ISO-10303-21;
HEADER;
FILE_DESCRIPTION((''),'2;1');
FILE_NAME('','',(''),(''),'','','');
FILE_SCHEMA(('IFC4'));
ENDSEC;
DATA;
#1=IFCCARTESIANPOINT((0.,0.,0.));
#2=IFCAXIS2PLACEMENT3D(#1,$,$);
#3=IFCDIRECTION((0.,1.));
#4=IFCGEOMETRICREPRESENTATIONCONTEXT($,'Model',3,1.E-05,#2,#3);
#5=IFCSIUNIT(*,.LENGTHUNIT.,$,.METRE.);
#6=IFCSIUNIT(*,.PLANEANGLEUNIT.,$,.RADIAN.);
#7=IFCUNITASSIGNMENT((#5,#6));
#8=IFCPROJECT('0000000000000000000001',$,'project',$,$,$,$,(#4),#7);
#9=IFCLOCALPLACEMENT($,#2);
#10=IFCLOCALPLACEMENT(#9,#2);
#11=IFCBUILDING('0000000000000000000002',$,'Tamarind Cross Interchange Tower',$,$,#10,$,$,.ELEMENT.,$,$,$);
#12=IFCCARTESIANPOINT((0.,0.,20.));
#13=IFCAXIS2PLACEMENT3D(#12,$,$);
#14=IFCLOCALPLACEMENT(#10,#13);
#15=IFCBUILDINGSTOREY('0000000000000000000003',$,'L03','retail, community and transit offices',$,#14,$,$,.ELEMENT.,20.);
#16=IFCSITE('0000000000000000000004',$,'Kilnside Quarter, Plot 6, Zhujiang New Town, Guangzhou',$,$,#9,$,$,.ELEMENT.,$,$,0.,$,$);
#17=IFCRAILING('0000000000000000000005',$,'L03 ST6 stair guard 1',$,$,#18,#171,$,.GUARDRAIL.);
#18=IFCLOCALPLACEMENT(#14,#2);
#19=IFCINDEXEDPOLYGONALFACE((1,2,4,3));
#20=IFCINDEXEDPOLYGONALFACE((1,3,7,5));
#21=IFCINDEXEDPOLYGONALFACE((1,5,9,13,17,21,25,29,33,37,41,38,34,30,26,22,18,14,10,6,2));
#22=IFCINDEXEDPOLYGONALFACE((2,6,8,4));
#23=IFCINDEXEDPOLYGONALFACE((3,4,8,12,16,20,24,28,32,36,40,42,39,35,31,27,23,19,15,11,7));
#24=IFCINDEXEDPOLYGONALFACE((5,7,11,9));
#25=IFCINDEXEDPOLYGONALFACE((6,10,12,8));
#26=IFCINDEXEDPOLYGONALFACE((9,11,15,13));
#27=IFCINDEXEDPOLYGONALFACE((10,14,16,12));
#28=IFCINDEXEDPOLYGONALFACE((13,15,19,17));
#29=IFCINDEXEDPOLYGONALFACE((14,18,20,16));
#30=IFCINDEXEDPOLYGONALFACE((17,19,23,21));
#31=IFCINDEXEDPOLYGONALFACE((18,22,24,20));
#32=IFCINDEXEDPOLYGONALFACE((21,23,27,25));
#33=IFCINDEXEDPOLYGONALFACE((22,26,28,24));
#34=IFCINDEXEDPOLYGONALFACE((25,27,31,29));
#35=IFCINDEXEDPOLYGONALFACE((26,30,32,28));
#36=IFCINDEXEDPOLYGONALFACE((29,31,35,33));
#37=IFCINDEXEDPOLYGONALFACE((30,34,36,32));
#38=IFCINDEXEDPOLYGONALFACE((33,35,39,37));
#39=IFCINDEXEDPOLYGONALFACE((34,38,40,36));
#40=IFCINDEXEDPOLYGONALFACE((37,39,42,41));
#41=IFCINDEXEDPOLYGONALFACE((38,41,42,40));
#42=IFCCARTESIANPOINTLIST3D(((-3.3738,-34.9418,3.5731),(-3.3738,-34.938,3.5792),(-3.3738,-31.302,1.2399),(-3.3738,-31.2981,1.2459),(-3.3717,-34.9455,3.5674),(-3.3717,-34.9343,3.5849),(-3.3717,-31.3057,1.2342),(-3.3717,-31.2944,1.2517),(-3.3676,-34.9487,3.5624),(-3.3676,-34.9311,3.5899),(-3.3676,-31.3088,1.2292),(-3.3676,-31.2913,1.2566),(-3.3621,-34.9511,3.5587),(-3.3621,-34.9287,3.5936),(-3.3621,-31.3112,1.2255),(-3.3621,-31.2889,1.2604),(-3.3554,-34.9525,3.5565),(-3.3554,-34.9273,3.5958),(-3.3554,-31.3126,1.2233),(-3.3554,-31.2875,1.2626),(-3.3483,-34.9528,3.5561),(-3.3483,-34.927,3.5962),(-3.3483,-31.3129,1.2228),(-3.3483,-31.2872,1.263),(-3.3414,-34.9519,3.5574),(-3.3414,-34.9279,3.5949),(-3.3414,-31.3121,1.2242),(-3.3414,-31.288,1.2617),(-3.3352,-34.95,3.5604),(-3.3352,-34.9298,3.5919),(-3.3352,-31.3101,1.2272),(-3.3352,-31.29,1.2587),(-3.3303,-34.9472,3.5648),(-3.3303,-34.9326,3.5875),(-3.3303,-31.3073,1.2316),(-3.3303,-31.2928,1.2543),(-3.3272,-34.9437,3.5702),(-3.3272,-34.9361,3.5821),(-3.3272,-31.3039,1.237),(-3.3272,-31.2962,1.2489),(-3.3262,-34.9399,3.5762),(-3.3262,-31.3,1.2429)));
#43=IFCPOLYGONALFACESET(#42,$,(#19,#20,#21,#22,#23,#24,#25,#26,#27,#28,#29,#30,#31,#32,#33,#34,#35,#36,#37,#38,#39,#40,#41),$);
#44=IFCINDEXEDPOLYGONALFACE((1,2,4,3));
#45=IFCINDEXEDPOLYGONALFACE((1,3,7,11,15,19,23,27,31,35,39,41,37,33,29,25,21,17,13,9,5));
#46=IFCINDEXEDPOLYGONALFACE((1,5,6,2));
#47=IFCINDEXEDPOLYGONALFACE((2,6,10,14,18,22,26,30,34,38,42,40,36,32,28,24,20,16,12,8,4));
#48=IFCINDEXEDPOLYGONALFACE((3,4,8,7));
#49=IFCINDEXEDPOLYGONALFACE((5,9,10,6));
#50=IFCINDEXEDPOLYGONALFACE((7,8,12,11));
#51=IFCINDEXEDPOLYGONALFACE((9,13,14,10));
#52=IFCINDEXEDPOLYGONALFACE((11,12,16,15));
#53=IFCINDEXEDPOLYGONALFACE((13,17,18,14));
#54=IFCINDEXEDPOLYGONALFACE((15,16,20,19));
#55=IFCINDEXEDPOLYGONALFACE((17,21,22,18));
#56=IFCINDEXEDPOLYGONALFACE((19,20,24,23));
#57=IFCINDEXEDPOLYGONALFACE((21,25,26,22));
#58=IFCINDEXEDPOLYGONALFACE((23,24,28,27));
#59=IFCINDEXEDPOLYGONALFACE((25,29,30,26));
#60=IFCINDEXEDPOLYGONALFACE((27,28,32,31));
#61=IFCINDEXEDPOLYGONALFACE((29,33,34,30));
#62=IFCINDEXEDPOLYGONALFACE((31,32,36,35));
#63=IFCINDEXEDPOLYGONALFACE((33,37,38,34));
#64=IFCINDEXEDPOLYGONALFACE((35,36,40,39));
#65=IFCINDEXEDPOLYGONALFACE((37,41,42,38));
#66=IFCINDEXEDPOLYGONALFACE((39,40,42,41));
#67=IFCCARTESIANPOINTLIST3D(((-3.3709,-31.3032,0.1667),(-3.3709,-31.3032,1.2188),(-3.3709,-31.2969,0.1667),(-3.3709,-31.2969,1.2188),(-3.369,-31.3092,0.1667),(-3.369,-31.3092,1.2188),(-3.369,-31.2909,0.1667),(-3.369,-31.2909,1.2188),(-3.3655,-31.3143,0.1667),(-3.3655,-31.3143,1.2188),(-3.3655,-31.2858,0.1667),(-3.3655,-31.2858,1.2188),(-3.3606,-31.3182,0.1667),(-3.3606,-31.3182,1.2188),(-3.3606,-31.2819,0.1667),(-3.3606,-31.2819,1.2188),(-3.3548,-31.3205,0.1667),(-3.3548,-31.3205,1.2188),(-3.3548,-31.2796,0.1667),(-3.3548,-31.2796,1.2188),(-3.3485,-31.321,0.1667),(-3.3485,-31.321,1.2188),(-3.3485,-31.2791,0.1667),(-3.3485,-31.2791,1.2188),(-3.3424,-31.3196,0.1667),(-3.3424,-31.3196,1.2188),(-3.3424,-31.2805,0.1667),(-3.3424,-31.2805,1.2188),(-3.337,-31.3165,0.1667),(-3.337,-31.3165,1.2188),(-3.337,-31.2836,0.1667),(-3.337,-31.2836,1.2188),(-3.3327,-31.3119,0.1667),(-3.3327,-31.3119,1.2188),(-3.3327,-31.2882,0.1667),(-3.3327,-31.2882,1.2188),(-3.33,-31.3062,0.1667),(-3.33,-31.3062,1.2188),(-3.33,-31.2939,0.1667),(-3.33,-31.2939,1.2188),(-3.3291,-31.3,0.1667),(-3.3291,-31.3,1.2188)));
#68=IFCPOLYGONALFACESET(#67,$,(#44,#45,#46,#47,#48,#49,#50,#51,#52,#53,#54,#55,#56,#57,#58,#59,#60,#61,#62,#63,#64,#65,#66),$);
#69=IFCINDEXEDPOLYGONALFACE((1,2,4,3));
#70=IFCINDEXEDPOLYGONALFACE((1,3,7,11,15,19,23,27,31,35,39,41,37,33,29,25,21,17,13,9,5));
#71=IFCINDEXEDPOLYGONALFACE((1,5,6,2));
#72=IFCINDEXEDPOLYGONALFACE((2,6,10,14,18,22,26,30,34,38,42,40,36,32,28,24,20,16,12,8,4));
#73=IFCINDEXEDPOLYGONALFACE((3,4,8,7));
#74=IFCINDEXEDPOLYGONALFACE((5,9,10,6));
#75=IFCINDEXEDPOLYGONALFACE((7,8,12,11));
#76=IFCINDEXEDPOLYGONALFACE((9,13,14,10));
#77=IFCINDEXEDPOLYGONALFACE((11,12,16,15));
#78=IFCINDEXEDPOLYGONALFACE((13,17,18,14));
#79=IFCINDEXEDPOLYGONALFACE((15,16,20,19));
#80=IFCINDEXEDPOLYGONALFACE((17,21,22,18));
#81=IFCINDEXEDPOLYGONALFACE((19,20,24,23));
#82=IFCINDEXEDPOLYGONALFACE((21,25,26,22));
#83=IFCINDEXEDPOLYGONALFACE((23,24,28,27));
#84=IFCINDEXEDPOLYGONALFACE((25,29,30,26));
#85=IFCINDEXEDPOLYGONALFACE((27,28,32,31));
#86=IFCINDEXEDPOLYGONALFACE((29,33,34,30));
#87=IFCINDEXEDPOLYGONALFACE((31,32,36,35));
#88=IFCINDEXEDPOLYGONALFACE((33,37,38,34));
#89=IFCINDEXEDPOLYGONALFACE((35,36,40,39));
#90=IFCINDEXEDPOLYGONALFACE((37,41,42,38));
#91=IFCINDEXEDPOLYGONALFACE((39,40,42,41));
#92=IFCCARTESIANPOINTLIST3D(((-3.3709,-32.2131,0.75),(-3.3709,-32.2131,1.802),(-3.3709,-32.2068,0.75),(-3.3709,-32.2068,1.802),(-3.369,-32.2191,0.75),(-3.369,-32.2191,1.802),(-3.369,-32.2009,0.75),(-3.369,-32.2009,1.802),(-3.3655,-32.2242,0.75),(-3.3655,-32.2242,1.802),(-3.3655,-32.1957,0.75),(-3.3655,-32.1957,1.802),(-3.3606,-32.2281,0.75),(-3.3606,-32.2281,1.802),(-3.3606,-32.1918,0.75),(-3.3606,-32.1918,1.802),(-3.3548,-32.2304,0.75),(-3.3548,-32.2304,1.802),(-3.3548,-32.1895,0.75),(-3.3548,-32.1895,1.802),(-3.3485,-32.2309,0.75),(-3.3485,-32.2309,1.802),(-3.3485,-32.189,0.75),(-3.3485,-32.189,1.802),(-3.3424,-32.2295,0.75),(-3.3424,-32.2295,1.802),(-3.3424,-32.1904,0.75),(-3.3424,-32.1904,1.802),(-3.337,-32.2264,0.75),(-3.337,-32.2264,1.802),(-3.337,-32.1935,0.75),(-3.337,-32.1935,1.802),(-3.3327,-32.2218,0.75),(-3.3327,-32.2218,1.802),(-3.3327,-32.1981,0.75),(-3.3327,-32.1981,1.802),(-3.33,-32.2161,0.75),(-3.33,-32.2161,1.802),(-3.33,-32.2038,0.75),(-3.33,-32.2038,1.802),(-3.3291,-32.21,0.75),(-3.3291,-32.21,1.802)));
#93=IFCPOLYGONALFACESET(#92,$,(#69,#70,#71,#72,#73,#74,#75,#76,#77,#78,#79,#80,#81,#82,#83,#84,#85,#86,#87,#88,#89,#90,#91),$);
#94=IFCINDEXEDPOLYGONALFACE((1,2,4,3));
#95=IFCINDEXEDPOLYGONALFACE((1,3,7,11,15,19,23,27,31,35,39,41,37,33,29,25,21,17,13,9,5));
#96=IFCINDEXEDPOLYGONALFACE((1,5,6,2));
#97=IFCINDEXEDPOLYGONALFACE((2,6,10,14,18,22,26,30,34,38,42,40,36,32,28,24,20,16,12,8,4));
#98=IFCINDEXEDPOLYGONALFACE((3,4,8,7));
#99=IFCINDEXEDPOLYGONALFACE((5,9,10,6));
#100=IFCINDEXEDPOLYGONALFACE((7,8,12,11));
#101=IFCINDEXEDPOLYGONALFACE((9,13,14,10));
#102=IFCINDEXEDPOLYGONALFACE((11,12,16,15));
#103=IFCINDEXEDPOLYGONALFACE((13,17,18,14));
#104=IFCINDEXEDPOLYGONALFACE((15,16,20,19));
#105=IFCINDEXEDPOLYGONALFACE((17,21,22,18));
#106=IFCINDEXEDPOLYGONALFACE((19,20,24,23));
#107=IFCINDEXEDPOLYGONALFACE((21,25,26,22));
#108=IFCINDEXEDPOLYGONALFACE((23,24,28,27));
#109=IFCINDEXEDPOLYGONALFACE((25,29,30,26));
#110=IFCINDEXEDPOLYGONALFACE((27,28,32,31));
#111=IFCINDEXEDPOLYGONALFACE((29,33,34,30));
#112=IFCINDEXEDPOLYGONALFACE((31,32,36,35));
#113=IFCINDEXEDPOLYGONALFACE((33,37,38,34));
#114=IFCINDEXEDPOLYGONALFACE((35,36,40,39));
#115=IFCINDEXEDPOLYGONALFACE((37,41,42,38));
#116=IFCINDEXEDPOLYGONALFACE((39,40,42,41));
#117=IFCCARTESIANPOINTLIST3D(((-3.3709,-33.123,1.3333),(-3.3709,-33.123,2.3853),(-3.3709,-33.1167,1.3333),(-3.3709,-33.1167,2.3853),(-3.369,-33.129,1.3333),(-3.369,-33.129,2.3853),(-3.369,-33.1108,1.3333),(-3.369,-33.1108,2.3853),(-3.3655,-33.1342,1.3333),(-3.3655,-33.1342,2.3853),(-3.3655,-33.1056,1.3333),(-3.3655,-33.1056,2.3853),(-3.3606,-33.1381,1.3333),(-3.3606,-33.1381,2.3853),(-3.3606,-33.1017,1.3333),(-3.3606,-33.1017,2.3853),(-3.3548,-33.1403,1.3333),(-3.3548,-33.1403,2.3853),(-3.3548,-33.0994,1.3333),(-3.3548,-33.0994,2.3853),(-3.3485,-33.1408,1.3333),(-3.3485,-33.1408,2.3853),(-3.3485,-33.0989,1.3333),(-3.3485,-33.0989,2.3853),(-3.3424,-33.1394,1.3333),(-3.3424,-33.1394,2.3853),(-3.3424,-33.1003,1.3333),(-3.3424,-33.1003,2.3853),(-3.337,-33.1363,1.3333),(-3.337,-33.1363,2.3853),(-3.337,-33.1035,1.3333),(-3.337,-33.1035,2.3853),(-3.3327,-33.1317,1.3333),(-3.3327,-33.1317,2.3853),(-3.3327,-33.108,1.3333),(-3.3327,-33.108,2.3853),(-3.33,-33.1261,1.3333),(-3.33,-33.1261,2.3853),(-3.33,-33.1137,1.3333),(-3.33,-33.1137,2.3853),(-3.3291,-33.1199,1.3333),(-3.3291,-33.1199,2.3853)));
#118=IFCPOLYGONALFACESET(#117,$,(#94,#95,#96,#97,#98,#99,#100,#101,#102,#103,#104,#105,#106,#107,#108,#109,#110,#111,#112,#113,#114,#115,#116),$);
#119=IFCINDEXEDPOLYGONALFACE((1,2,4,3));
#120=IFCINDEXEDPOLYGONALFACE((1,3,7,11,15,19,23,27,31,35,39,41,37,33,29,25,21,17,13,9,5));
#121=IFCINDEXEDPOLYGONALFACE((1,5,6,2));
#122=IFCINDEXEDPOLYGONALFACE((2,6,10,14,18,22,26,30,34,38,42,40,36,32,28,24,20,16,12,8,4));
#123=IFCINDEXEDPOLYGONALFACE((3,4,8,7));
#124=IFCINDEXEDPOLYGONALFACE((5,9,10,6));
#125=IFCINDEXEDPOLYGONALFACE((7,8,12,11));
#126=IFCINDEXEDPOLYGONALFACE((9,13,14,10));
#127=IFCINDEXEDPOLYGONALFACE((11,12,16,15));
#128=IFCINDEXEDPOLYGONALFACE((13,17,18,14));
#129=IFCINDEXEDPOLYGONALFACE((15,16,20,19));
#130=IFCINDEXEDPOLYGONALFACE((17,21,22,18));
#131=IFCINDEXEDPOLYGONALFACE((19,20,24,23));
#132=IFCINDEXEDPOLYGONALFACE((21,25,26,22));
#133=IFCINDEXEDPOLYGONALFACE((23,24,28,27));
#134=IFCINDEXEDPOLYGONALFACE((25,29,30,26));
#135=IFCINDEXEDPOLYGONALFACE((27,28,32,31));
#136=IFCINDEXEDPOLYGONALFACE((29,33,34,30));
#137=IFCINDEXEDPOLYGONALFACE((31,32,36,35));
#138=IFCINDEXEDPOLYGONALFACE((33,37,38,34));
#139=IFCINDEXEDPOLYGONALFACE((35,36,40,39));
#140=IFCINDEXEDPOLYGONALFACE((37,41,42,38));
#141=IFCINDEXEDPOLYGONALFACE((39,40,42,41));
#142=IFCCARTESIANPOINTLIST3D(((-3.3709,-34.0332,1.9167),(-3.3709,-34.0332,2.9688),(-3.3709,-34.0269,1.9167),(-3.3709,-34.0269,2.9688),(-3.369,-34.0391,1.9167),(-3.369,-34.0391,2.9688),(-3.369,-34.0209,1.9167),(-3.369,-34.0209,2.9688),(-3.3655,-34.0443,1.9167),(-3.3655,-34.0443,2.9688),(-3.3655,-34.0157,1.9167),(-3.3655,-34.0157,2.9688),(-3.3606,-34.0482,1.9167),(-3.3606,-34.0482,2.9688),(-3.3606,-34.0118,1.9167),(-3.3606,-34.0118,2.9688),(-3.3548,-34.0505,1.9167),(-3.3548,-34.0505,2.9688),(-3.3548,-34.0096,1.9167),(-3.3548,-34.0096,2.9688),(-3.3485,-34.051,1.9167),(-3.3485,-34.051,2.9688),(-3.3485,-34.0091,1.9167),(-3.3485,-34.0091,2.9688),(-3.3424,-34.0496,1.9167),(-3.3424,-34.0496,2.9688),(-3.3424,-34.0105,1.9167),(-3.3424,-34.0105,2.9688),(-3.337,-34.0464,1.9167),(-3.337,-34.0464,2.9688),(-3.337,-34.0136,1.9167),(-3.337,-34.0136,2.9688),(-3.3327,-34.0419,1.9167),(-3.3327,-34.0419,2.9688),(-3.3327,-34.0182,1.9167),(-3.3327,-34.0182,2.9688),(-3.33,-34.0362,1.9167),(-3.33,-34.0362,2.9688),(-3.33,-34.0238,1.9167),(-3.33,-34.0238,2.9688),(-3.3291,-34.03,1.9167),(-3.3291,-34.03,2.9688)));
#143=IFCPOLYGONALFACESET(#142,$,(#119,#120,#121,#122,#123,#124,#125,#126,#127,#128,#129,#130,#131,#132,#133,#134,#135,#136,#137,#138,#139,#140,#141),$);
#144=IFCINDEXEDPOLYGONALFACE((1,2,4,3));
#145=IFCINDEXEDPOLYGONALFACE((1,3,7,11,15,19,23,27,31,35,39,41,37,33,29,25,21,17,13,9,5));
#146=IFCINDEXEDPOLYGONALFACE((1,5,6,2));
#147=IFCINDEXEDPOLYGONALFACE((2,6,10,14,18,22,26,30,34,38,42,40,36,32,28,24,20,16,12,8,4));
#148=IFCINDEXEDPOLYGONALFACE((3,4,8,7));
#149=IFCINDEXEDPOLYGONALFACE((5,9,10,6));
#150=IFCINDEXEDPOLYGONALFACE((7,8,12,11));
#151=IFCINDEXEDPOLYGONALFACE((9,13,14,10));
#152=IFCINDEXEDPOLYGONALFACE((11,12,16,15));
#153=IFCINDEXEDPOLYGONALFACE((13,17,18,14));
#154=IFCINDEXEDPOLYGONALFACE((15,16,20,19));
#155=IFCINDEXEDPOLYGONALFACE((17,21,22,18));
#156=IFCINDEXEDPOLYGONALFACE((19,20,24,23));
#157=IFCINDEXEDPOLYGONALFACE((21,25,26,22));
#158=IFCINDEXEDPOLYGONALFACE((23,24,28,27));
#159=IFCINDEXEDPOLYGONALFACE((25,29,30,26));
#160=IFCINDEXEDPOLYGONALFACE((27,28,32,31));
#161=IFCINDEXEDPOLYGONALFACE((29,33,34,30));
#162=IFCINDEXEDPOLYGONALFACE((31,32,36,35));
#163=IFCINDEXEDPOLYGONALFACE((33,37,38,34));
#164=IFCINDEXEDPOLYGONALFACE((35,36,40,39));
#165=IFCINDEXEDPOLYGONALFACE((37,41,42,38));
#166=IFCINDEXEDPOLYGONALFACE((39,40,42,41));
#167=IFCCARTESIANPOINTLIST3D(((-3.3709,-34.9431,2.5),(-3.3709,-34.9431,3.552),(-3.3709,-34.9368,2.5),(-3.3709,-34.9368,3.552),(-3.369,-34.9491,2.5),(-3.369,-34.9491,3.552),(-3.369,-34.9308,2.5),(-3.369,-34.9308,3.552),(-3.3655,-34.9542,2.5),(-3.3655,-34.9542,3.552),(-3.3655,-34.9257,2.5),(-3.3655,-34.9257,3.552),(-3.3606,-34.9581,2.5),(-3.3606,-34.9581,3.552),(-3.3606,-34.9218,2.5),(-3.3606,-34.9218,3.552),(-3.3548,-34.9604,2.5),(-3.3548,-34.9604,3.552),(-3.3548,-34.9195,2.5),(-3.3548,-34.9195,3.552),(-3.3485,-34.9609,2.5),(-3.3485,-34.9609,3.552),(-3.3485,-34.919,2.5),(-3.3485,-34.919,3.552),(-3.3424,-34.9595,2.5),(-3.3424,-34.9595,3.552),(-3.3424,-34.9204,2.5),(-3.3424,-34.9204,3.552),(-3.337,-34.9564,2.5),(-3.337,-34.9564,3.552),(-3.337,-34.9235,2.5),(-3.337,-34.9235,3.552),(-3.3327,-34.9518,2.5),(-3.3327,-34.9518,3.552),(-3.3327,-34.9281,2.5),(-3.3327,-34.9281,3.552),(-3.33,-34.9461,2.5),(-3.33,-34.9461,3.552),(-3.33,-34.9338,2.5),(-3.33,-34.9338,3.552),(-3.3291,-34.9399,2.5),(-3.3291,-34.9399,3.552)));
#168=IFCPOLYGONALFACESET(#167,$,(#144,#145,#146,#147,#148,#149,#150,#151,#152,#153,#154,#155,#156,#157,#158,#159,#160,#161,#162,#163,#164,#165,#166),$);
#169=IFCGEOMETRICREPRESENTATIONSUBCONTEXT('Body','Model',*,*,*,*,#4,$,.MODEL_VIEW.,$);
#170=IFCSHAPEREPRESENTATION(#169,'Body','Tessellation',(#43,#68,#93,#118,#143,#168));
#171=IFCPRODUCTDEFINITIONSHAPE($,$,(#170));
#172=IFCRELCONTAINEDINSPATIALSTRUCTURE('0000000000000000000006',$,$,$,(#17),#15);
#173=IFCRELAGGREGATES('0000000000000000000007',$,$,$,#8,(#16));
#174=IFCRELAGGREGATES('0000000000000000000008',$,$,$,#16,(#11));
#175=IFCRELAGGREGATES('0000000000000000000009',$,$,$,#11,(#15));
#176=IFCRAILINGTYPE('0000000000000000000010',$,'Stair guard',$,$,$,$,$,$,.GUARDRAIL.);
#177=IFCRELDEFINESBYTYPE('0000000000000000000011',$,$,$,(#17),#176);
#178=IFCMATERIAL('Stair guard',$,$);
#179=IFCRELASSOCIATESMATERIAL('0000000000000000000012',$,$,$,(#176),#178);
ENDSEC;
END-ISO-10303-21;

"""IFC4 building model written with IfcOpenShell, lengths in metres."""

from ifc_helpers import new_model, si_unit, direction, frame, origin, origin_2d, place, context, subcontext, project, spatial, circle, extrude, material, type_object, element, save


model = new_model("IFC4")

# Units and contexts
model_context = context("Model", 3, precision=1e-05, world=origin(), true_north=direction((0.0, 1.0)))
body_context = subcontext(model_context, "Body", "Model", "MODEL_VIEW")
ifc_project = project(units=[si_unit("LENGTHUNIT", "METRE"), si_unit("PLANEANGLEUNIT", "RADIAN")], contexts=[model_context])

# Site, building, storey
site_placement = place(None, origin())
site = spatial("IfcSite", under=ifc_project, at=site_placement, Name="Kilnside Quarter, Plot 6, Zhujiang New Town, Guangzhou", CompositionType="ELEMENT", RefElevation=0.0)
building_placement = place(site_placement, origin())
building = spatial("IfcBuilding", under=site, at=building_placement, Name="Tamarind Cross Interchange Tower", CompositionType="ELEMENT")
storey_placement = place(building_placement, frame((0.0, 0.0, 20.0)))
storey = spatial("IfcBuildingStorey", under=building, at=storey_placement, Name="L03", Description="retail, community and transit offices", CompositionType="ELEMENT", Elevation=20.0)

# Railing
ifc_material_1 = material(Name="Stair guard")
railing_type_1 = type_object("IfcRailingType", Name="Stair guard", PredefinedType="GUARDRAIL", material=ifc_material_1)
railing_1_placement = place(storey_placement, frame((-3.3501, -31.3, 0.1667)))
element("IfcRailing", 1, at=railing_1_placement, inside=storey, type_object=railing_type_1, Name="L03 ST6 stair guard 1", PredefinedType="GUARDRAIL", context=body_context, shape_type="SweptSolid", body=[
    extrude(circle(Radius=0.0239, at=origin_2d()), frame((0.0, 0.0, 1.0762), z_axis=(0.0, -0.84188, 0.539664), x_axis=(1.0, 0.0, 0.0)), (0.0, 0.0, 1.0), 4.3235),
    extrude(circle(Radius=0.021, at=origin_2d()), origin(), (0.0, 0.0, 1.0), 1.052),
    extrude(circle(Radius=0.021, at=origin_2d()), frame((0.0, -0.9099, 0.5833)), (0.0, 0.0, 1.0), 1.052),
    extrude(circle(Radius=0.021, at=origin_2d()), frame((0.0, -1.8198, 1.1665)), (0.0, 0.0, 1.0), 1.052),
    extrude(circle(Radius=0.021, at=origin_2d()), frame((0.0, -2.73, 1.75)), (0.0, 0.0, 1.0), 1.052),
    extrude(circle(Radius=0.021, at=origin_2d()), frame((0.0, -3.6399, 2.3333)), (0.0, 0.0, 1.0), 1.052),
])

save(model, "model.ifc")
